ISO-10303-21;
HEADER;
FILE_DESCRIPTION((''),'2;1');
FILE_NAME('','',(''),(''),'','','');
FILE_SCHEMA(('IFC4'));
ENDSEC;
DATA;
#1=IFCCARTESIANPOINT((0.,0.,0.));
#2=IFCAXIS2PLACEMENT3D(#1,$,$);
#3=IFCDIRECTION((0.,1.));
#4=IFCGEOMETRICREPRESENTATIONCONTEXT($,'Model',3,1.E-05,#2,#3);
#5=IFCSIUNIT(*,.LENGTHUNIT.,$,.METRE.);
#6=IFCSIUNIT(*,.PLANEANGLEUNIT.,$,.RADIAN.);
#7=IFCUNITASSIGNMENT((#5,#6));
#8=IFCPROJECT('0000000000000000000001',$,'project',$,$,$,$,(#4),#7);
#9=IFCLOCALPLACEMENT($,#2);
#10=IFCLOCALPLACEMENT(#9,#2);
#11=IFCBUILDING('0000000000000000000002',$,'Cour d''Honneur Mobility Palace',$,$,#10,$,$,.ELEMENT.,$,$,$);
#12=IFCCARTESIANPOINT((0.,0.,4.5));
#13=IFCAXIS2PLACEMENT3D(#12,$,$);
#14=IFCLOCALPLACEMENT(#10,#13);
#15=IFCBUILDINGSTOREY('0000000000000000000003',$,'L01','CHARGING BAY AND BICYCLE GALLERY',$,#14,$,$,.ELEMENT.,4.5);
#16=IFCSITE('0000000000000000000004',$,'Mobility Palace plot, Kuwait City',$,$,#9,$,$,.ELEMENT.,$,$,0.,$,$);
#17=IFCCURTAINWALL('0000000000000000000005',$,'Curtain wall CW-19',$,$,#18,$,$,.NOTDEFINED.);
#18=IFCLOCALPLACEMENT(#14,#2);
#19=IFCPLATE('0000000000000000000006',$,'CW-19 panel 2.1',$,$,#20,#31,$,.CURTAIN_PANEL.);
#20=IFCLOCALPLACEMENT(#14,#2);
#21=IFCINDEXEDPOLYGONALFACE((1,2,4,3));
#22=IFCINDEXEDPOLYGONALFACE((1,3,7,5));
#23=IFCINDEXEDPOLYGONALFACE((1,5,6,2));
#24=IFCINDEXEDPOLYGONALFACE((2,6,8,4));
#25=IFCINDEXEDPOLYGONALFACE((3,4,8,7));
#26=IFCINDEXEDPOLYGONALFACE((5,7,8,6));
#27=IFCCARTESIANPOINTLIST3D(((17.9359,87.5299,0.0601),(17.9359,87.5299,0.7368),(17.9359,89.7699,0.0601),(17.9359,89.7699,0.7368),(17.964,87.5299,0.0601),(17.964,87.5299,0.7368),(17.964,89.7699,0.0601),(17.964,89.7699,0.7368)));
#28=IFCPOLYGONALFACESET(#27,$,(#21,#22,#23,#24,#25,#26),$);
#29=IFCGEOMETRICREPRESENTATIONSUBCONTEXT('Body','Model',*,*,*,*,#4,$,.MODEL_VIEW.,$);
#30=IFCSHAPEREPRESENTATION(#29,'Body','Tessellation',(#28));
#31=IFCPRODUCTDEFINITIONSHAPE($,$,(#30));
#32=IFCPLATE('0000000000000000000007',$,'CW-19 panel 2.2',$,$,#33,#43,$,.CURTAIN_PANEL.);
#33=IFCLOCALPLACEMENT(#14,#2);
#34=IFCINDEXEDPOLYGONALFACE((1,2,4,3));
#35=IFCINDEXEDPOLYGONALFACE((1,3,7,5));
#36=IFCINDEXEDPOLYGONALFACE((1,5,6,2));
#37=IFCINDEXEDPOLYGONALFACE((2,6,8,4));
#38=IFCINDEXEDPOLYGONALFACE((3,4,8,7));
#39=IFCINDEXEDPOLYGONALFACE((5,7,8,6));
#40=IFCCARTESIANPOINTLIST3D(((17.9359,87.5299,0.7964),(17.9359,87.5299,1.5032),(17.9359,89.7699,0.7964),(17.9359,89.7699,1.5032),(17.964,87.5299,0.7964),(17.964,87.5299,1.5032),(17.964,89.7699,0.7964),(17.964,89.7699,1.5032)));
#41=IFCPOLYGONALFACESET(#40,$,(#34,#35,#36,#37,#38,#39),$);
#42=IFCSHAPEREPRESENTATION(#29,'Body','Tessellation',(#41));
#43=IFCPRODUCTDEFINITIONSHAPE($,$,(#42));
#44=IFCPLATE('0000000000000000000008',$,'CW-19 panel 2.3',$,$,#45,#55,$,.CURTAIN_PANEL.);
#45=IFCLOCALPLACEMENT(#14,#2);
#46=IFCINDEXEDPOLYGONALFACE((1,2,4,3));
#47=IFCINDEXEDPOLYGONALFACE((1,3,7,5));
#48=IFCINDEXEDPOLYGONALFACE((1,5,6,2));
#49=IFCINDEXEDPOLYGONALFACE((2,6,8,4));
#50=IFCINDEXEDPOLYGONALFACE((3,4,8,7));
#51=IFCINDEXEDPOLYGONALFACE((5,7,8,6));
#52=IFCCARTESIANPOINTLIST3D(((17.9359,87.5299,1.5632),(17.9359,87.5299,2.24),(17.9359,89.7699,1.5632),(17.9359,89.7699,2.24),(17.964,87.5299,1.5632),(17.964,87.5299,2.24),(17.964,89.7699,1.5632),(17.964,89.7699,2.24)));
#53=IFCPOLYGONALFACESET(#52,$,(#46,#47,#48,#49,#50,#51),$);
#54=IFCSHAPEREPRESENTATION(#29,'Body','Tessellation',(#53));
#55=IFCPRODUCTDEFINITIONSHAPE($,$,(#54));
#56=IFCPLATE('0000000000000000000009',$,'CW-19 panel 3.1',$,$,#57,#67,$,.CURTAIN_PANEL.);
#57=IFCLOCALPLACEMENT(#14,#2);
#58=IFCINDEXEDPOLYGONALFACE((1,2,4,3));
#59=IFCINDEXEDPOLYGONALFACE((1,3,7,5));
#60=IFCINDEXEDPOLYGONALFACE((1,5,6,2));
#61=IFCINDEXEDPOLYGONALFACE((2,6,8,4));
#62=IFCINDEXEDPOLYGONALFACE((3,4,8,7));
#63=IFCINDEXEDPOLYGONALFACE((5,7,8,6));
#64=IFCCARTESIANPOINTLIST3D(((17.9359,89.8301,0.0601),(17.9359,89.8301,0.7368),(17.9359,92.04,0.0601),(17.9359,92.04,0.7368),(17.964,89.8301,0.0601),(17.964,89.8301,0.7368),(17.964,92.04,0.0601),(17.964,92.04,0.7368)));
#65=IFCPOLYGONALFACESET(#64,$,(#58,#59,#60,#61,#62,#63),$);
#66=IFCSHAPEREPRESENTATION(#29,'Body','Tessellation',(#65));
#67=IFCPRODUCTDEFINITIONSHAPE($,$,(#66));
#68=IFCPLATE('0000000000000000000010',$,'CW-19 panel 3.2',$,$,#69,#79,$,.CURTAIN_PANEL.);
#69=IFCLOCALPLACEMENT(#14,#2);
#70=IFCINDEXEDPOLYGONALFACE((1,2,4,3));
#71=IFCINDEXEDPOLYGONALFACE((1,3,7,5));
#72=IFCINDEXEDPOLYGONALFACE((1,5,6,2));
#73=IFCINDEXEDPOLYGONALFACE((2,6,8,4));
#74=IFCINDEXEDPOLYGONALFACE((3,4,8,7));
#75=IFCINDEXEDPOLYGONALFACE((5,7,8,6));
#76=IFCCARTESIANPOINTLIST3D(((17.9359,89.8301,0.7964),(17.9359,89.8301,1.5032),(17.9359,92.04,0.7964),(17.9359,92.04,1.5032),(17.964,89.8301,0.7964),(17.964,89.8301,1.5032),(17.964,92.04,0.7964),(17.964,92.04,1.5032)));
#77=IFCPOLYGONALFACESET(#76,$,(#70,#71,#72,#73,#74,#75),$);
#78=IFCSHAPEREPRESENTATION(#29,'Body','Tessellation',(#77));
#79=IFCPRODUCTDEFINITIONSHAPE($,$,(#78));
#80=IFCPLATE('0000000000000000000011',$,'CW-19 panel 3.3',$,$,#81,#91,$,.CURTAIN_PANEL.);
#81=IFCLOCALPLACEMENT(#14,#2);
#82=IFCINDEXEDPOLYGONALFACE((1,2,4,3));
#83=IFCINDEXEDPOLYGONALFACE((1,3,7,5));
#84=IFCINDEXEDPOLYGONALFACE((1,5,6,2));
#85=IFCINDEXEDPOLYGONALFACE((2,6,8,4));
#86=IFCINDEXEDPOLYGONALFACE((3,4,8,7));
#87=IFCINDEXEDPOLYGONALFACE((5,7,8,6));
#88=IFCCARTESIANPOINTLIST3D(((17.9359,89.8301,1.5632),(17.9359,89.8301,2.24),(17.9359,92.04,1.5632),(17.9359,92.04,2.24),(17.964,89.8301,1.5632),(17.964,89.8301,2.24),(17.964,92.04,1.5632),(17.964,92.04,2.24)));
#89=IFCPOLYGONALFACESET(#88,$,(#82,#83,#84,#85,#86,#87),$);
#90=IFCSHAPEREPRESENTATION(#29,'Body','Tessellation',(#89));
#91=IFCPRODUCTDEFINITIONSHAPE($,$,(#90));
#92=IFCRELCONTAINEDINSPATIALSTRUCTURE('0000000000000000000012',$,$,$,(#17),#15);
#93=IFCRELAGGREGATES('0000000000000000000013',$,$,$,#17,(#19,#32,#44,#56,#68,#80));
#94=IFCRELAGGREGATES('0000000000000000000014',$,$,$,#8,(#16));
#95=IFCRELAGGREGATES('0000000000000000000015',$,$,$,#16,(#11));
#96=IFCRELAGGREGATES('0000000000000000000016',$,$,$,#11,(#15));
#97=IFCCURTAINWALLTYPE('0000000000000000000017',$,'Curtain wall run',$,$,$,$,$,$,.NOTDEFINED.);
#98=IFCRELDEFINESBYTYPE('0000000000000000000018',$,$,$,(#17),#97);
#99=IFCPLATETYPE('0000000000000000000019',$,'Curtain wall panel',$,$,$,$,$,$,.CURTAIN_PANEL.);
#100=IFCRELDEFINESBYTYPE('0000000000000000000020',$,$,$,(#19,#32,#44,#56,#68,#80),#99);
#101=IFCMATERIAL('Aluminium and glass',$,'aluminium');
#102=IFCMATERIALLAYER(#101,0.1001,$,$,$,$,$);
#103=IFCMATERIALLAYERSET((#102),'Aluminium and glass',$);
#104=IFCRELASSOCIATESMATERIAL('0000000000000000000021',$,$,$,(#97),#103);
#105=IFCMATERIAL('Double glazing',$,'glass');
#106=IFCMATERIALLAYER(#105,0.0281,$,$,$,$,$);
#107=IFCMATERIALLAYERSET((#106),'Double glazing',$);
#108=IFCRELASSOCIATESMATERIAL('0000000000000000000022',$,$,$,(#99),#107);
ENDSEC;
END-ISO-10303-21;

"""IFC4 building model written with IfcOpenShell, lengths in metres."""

from ifc_helpers import new_model, si_unit, direction, frame, origin, origin_2d, place, context, subcontext, project, spatial, rectangle, extrude, material, layer, layer_set, type_object, element, aggregate, save


model = new_model("IFC4")

# Units and contexts
model_context = context("Model", 3, precision=1e-05, world=origin(), true_north=direction((0.0, 1.0)))
body_context = subcontext(model_context, "Body", "Model", "MODEL_VIEW")
ifc_project = project(units=[si_unit("LENGTHUNIT", "METRE"), si_unit("PLANEANGLEUNIT", "RADIAN")], contexts=[model_context])

# Site, building, storey
site_placement = place(None, origin())
site = spatial("IfcSite", under=ifc_project, at=site_placement, Name="Mobility Palace plot, Kuwait City", CompositionType="ELEMENT", RefElevation=0.0)
building_placement = place(site_placement, origin())
building = spatial("IfcBuilding", under=site, at=building_placement, Name="Cour d'Honneur Mobility Palace", CompositionType="ELEMENT")
storey_placement = place(building_placement, frame((0.0, 0.0, 4.5)))
storey = spatial("IfcBuildingStorey", under=building, at=storey_placement, Name="L01", Description="CHARGING BAY AND BICYCLE GALLERY", CompositionType="ELEMENT", Elevation=4.5)

# Curtain wall, plates
ifc_material_1 = material(Name="Aluminium and glass", Category="aluminium")
ifc_layer_1 = layer(ifc_material_1, 0.1001)
ifc_layer_set_1 = layer_set([ifc_layer_1], Name="Aluminium and glass")
curtain_wall_type = type_object("IfcCurtainWallType", Name="Curtain wall run", PredefinedType="NOTDEFINED", material=ifc_layer_set_1)
curtain_wall_placement = place(storey_placement, origin())
curtain_wall = element("IfcCurtainWall", 1, at=curtain_wall_placement, inside=storey, type_object=curtain_wall_type, Name="Curtain wall CW-19", PredefinedType="NOTDEFINED")
ifc_material_2 = material(Name="Double glazing", Category="glass")
ifc_layer_2 = layer(ifc_material_2, 0.0281)
ifc_layer_set_2 = layer_set([ifc_layer_2], Name="Double glazing")
plate_type = type_object("IfcPlateType", Name="Curtain wall panel", PredefinedType="CURTAIN_PANEL", material=ifc_layer_set_2)
plate_1_placement = place(storey_placement, frame((17.95, 88.6499, 0.0601), z_axis=(0.0, 0.0, 1.0), x_axis=(0.0, 1.0, 0.0)))
plate_1 = element("IfcPlate", 2, at=plate_1_placement, type_object=plate_type, Name="CW-19 panel 2.1", PredefinedType="CURTAIN_PANEL", context=body_context, shape_type="SweptSolid", body=[
    extrude(rectangle(XDim=2.24, YDim=0.0281, at=origin_2d()), origin(), (0.0, 0.0, 1.0), 0.6768),
])
plate_2_placement = place(storey_placement, frame((17.95, 88.6499, 0.7964), z_axis=(0.0, 0.0, 1.0), x_axis=(0.0, 1.0, 0.0)))
plate_2 = element("IfcPlate", 3, at=plate_2_placement, type_object=plate_type, Name="CW-19 panel 2.2", PredefinedType="CURTAIN_PANEL", context=body_context, shape_type="SweptSolid", body=[
    extrude(rectangle(XDim=2.24, YDim=0.0281, at=origin_2d()), origin(), (0.0, 0.0, 1.0), 0.7068),
])
plate_3_placement = place(storey_placement, frame((17.95, 88.6499, 1.5632), z_axis=(0.0, 0.0, 1.0), x_axis=(0.0, 1.0, 0.0)))
plate_3 = element("IfcPlate", 4, at=plate_3_placement, type_object=plate_type, Name="CW-19 panel 2.3", PredefinedType="CURTAIN_PANEL", context=body_context, shape_type="SweptSolid", body=[
    extrude(rectangle(XDim=2.24, YDim=0.0281, at=origin_2d()), origin(), (0.0, 0.0, 1.0), 0.6768),
])
plate_4_placement = place(storey_placement, frame((17.95, 90.9351, 0.0601), z_axis=(0.0, 0.0, 1.0), x_axis=(0.0, 1.0, 0.0)))
plate_4 = element("IfcPlate", 5, at=plate_4_placement, type_object=plate_type, Name="CW-19 panel 3.1", PredefinedType="CURTAIN_PANEL", context=body_context, shape_type="SweptSolid", body=[
    extrude(rectangle(XDim=2.21, YDim=0.0281, at=origin_2d()), origin(), (0.0, 0.0, 1.0), 0.6768),
])
plate_5_placement = place(storey_placement, frame((17.95, 90.9351, 0.7964), z_axis=(0.0, 0.0, 1.0), x_axis=(0.0, 1.0, 0.0)))
plate_5 = element("IfcPlate", 6, at=plate_5_placement, type_object=plate_type, Name="CW-19 panel 3.2", PredefinedType="CURTAIN_PANEL", context=body_context, shape_type="SweptSolid", body=[
    extrude(rectangle(XDim=2.21, YDim=0.0281, at=origin_2d()), origin(), (0.0, 0.0, 1.0), 0.7068),
])
plate_6_placement = place(storey_placement, frame((17.95, 90.9351, 1.5632), z_axis=(0.0, 0.0, 1.0), x_axis=(0.0, 1.0, 0.0)))
plate_6 = element("IfcPlate", 7, at=plate_6_placement, type_object=plate_type, Name="CW-19 panel 3.3", PredefinedType="CURTAIN_PANEL", context=body_context, shape_type="SweptSolid", body=[
    extrude(rectangle(XDim=2.21, YDim=0.0281, at=origin_2d()), origin(), (0.0, 0.0, 1.0), 0.6768),
])
aggregate(curtain_wall, [plate_1, plate_2, plate_3, plate_4, plate_5, plate_6])

save(model, "model.ifc")
